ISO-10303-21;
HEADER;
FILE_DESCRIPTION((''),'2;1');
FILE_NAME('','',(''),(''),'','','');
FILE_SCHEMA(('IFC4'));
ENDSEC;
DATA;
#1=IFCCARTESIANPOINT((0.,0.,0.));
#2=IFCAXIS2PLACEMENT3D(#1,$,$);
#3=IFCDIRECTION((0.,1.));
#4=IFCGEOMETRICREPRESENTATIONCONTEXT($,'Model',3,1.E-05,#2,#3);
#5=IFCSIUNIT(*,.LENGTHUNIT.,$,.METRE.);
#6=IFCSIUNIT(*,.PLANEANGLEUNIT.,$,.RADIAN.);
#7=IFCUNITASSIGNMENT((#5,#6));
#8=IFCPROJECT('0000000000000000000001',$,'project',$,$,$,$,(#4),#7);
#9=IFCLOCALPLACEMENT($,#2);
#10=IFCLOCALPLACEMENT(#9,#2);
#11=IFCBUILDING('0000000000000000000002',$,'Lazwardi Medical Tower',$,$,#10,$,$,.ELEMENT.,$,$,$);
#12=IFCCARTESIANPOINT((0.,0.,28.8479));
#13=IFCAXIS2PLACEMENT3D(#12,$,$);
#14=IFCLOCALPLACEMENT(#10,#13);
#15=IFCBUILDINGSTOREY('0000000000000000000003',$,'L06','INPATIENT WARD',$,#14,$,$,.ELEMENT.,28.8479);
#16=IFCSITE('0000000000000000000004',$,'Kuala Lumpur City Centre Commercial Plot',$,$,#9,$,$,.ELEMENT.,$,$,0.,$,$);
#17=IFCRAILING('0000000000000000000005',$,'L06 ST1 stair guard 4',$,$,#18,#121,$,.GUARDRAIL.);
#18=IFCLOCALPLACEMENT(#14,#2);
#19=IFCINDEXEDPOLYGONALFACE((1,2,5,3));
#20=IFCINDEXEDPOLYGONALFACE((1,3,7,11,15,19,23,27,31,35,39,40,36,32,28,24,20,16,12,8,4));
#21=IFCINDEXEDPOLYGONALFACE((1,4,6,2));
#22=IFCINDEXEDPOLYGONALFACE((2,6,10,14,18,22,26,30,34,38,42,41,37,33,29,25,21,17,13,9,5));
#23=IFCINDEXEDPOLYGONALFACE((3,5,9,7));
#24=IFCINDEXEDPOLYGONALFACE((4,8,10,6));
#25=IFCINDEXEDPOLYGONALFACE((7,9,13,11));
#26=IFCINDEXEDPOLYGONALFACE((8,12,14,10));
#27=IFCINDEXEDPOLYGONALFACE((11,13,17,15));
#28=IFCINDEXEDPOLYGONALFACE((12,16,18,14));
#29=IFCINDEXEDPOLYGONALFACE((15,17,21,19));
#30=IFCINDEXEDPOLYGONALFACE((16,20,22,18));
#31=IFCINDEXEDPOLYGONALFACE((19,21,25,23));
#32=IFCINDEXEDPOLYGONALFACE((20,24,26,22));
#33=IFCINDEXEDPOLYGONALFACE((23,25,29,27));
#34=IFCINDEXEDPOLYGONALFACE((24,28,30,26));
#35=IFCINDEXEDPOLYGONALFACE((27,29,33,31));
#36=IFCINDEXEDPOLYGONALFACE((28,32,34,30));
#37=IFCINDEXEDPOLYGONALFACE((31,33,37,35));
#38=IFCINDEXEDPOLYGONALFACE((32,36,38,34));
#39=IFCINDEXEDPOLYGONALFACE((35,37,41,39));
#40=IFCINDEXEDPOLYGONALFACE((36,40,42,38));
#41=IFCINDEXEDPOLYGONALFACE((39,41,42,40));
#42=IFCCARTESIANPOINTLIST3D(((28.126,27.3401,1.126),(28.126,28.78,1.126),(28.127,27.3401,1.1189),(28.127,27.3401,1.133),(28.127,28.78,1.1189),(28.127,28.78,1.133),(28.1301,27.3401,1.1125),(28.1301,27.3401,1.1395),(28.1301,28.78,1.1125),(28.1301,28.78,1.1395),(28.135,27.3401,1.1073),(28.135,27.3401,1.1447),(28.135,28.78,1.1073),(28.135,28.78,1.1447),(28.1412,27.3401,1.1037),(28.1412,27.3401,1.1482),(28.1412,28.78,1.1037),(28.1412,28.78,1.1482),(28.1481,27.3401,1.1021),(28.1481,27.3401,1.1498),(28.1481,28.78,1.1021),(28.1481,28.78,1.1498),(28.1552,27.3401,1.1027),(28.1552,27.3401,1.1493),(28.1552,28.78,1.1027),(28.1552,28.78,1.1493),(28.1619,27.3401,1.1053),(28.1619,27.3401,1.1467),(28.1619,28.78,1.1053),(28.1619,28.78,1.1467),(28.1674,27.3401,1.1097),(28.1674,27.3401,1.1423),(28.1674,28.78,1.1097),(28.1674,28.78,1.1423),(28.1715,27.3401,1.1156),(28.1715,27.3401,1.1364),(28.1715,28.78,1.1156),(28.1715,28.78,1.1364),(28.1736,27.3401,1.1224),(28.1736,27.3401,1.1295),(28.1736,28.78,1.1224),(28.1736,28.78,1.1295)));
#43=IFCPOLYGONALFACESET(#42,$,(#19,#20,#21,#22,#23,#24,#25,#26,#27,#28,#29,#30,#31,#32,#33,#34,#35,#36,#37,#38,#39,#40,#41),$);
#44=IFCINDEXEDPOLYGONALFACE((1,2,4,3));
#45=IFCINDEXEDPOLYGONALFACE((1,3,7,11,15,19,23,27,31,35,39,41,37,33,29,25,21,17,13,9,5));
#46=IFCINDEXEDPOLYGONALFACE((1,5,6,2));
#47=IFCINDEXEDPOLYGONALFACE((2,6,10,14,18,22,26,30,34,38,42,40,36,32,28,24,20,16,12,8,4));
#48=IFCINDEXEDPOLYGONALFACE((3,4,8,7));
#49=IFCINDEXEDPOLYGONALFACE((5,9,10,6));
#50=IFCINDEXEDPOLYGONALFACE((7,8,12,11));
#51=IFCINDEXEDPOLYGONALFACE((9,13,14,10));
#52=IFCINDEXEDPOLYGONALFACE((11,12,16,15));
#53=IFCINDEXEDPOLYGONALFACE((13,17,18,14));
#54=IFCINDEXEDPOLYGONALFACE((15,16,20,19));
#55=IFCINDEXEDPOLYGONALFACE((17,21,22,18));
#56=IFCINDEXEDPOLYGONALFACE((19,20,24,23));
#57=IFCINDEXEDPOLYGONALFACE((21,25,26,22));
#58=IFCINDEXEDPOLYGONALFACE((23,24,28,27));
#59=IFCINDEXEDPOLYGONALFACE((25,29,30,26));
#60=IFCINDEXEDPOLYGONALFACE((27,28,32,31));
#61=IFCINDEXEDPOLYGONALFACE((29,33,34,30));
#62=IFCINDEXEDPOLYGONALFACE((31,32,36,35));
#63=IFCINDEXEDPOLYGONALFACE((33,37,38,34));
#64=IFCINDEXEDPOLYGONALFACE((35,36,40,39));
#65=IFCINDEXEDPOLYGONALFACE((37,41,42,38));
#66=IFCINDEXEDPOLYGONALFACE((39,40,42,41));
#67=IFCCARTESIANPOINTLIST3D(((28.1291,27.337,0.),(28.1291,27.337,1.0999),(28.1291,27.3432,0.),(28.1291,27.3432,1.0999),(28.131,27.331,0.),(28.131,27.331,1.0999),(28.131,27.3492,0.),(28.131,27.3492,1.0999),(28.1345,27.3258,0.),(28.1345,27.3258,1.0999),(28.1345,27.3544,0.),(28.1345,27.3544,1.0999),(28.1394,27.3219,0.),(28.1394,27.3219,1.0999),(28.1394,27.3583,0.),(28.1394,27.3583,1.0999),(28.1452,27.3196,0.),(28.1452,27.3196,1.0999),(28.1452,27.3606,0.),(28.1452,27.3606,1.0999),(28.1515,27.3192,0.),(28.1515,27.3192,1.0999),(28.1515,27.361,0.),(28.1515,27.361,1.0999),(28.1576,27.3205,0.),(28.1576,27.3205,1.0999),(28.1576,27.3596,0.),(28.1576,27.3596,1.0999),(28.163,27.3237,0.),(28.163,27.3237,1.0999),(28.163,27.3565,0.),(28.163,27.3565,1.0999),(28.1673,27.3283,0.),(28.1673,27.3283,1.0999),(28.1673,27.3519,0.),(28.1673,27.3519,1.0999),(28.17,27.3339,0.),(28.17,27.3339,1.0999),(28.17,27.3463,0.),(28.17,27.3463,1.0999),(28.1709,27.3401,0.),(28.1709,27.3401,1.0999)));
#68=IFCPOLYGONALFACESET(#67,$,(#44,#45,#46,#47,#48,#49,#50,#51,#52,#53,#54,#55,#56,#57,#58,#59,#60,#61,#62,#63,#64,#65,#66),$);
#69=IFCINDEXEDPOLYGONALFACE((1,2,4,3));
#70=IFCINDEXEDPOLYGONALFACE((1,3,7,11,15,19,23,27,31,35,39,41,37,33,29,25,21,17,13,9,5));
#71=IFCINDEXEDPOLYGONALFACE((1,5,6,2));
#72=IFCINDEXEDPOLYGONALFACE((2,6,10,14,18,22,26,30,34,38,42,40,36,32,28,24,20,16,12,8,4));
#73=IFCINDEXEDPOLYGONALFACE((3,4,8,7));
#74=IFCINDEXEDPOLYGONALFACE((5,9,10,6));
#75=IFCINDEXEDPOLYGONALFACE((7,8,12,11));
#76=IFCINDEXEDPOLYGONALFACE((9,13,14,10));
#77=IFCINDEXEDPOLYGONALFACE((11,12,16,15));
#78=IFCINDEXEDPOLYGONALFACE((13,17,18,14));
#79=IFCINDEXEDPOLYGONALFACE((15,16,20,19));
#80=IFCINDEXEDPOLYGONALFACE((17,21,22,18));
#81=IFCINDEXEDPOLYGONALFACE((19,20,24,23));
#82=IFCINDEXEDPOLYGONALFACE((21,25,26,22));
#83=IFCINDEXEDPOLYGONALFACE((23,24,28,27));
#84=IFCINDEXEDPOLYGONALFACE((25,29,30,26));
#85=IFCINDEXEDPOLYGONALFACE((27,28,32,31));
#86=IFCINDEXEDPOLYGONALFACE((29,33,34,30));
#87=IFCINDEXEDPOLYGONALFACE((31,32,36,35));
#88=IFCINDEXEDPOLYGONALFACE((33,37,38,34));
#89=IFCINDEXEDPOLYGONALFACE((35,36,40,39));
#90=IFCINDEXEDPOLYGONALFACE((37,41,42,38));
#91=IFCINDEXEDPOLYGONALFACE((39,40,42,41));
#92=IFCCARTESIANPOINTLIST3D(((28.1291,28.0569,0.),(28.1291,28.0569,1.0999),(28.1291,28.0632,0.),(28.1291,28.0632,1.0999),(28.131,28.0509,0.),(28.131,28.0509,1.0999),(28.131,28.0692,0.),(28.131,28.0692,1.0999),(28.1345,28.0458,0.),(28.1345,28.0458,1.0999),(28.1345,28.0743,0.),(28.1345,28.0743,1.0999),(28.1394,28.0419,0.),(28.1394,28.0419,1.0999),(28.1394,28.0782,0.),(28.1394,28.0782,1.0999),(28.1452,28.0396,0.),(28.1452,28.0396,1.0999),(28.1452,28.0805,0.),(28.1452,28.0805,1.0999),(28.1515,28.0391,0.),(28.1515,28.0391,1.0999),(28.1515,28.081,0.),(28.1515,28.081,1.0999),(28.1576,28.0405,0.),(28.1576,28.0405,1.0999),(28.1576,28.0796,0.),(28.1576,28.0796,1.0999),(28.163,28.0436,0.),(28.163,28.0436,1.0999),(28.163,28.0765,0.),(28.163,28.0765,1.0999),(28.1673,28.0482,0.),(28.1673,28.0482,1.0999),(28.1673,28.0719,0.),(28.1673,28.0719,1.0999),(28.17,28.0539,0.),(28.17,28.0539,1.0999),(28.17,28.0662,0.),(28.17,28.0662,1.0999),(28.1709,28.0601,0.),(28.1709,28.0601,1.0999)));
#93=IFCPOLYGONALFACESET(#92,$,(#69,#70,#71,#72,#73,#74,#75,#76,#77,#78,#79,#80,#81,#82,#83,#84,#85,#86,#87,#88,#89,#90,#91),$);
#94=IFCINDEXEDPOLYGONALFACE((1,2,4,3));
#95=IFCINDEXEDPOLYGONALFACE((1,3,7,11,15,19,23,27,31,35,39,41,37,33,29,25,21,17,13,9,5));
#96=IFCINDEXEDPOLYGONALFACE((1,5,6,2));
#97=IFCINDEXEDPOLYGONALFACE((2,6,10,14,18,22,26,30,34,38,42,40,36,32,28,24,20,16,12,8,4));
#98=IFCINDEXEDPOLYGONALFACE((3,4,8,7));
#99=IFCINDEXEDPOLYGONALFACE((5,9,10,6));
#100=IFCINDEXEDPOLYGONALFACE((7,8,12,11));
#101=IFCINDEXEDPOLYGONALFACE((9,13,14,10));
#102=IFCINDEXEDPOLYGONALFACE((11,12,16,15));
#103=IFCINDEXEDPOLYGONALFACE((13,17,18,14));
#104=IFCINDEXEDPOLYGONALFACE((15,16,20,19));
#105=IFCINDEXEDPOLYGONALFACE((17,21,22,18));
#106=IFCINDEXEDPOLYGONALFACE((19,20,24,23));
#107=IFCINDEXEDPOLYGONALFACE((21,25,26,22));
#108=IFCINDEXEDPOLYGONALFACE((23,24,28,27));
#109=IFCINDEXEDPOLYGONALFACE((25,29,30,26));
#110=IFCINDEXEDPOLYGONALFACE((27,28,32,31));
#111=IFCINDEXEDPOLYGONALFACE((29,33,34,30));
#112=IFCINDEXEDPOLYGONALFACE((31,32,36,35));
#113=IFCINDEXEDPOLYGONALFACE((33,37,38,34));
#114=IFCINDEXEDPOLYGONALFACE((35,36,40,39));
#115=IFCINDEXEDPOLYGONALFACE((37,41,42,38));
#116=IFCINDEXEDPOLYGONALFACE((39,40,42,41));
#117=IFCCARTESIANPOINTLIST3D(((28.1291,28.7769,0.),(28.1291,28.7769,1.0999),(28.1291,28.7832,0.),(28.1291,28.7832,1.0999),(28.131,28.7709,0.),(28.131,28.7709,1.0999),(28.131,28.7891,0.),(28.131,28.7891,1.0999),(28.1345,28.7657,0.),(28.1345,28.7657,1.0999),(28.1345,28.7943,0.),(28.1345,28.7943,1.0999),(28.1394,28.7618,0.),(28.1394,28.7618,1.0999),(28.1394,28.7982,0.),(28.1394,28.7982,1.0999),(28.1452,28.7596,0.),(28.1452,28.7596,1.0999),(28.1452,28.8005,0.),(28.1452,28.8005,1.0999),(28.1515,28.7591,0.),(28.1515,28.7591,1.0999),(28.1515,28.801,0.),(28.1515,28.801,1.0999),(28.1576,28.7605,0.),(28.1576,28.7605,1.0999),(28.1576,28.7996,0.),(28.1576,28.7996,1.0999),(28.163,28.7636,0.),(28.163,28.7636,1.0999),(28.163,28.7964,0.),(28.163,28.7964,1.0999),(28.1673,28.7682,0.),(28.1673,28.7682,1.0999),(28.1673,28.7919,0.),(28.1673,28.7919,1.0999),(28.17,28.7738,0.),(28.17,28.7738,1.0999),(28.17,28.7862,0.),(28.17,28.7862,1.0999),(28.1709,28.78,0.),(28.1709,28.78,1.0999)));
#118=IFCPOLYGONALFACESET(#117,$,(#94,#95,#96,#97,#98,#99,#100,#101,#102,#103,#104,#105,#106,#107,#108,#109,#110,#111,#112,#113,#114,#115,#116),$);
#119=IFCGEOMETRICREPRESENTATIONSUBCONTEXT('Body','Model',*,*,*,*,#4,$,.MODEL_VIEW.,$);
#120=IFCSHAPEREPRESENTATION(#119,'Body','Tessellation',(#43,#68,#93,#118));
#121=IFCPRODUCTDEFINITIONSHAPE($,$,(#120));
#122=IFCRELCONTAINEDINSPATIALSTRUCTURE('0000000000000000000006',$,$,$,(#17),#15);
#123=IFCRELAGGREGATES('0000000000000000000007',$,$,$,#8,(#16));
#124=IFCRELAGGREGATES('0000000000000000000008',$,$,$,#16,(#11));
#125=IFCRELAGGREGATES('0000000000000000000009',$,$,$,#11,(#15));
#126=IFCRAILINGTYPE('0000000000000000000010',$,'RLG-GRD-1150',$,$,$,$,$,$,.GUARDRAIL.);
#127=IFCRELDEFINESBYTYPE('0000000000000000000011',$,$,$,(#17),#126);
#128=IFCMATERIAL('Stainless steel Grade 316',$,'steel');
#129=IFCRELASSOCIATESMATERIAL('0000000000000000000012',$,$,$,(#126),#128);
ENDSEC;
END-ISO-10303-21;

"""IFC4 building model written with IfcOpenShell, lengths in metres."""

from ifc_helpers import new_model, si_unit, direction, frame, origin, origin_2d, place, context, subcontext, project, spatial, circle, extrude, material, type_object, element, save


model = new_model("IFC4")

# Units and contexts
model_context = context("Model", 3, precision=1e-05, world=origin(), true_north=direction((0.0, 1.0)))
body_context = subcontext(model_context, "Body", "Model", "MODEL_VIEW")
ifc_project = project(units=[si_unit("LENGTHUNIT", "METRE"), si_unit("PLANEANGLEUNIT", "RADIAN")], contexts=[model_context])

# Site, building, storey
site_placement = place(None, origin())
site = spatial("IfcSite", under=ifc_project, at=site_placement, Name="Kuala Lumpur City Centre Commercial Plot", CompositionType="ELEMENT", RefElevation=0.0)
building_placement = place(site_placement, origin())
building = spatial("IfcBuilding", under=site, at=building_placement, Name="Lazwardi Medical Tower", CompositionType="ELEMENT")
storey_placement = place(building_placement, frame((0.0, 0.0, 28.8479)))
storey = spatial("IfcBuildingStorey", under=building, at=storey_placement, Name="L06", Description="INPATIENT WARD", CompositionType="ELEMENT", Elevation=28.8479)

# Railing
ifc_material_1 = material(Name="Stainless steel Grade 316", Category="steel")
railing_type_1 = type_object("IfcRailingType", Name="RLG-GRD-1150", PredefinedType="GUARDRAIL", material=ifc_material_1)
railing_1_placement = place(storey_placement, frame((28.1499, 27.3401, 0.0)))
element("IfcRailing", 1, at=railing_1_placement, inside=storey, type_object=railing_type_1, Name="L06 ST1 stair guard 4", PredefinedType="GUARDRAIL", context=body_context, shape_type="SweptSolid", body=[
    extrude(circle(Radius=0.0239, at=origin_2d()), frame((0.0, 0.0, 1.126), z_axis=(0.0, 1.0, 0.0), x_axis=(-1.0, 0.0, 0.0)), (0.0, 0.0, 1.0), 1.4399),
    extrude(circle(Radius=0.021, at=origin_2d()), origin(), (0.0, 0.0, 1.0), 1.0999),
    extrude(circle(Radius=0.021, at=origin_2d()), frame((0.0, 0.72, 0.0)), (0.0, 0.0, 1.0), 1.0999),
    extrude(circle(Radius=0.021, at=origin_2d()), frame((0.0, 1.4399, 0.0)), (0.0, 0.0, 1.0), 1.0999),
])

save(model, "model.ifc")
